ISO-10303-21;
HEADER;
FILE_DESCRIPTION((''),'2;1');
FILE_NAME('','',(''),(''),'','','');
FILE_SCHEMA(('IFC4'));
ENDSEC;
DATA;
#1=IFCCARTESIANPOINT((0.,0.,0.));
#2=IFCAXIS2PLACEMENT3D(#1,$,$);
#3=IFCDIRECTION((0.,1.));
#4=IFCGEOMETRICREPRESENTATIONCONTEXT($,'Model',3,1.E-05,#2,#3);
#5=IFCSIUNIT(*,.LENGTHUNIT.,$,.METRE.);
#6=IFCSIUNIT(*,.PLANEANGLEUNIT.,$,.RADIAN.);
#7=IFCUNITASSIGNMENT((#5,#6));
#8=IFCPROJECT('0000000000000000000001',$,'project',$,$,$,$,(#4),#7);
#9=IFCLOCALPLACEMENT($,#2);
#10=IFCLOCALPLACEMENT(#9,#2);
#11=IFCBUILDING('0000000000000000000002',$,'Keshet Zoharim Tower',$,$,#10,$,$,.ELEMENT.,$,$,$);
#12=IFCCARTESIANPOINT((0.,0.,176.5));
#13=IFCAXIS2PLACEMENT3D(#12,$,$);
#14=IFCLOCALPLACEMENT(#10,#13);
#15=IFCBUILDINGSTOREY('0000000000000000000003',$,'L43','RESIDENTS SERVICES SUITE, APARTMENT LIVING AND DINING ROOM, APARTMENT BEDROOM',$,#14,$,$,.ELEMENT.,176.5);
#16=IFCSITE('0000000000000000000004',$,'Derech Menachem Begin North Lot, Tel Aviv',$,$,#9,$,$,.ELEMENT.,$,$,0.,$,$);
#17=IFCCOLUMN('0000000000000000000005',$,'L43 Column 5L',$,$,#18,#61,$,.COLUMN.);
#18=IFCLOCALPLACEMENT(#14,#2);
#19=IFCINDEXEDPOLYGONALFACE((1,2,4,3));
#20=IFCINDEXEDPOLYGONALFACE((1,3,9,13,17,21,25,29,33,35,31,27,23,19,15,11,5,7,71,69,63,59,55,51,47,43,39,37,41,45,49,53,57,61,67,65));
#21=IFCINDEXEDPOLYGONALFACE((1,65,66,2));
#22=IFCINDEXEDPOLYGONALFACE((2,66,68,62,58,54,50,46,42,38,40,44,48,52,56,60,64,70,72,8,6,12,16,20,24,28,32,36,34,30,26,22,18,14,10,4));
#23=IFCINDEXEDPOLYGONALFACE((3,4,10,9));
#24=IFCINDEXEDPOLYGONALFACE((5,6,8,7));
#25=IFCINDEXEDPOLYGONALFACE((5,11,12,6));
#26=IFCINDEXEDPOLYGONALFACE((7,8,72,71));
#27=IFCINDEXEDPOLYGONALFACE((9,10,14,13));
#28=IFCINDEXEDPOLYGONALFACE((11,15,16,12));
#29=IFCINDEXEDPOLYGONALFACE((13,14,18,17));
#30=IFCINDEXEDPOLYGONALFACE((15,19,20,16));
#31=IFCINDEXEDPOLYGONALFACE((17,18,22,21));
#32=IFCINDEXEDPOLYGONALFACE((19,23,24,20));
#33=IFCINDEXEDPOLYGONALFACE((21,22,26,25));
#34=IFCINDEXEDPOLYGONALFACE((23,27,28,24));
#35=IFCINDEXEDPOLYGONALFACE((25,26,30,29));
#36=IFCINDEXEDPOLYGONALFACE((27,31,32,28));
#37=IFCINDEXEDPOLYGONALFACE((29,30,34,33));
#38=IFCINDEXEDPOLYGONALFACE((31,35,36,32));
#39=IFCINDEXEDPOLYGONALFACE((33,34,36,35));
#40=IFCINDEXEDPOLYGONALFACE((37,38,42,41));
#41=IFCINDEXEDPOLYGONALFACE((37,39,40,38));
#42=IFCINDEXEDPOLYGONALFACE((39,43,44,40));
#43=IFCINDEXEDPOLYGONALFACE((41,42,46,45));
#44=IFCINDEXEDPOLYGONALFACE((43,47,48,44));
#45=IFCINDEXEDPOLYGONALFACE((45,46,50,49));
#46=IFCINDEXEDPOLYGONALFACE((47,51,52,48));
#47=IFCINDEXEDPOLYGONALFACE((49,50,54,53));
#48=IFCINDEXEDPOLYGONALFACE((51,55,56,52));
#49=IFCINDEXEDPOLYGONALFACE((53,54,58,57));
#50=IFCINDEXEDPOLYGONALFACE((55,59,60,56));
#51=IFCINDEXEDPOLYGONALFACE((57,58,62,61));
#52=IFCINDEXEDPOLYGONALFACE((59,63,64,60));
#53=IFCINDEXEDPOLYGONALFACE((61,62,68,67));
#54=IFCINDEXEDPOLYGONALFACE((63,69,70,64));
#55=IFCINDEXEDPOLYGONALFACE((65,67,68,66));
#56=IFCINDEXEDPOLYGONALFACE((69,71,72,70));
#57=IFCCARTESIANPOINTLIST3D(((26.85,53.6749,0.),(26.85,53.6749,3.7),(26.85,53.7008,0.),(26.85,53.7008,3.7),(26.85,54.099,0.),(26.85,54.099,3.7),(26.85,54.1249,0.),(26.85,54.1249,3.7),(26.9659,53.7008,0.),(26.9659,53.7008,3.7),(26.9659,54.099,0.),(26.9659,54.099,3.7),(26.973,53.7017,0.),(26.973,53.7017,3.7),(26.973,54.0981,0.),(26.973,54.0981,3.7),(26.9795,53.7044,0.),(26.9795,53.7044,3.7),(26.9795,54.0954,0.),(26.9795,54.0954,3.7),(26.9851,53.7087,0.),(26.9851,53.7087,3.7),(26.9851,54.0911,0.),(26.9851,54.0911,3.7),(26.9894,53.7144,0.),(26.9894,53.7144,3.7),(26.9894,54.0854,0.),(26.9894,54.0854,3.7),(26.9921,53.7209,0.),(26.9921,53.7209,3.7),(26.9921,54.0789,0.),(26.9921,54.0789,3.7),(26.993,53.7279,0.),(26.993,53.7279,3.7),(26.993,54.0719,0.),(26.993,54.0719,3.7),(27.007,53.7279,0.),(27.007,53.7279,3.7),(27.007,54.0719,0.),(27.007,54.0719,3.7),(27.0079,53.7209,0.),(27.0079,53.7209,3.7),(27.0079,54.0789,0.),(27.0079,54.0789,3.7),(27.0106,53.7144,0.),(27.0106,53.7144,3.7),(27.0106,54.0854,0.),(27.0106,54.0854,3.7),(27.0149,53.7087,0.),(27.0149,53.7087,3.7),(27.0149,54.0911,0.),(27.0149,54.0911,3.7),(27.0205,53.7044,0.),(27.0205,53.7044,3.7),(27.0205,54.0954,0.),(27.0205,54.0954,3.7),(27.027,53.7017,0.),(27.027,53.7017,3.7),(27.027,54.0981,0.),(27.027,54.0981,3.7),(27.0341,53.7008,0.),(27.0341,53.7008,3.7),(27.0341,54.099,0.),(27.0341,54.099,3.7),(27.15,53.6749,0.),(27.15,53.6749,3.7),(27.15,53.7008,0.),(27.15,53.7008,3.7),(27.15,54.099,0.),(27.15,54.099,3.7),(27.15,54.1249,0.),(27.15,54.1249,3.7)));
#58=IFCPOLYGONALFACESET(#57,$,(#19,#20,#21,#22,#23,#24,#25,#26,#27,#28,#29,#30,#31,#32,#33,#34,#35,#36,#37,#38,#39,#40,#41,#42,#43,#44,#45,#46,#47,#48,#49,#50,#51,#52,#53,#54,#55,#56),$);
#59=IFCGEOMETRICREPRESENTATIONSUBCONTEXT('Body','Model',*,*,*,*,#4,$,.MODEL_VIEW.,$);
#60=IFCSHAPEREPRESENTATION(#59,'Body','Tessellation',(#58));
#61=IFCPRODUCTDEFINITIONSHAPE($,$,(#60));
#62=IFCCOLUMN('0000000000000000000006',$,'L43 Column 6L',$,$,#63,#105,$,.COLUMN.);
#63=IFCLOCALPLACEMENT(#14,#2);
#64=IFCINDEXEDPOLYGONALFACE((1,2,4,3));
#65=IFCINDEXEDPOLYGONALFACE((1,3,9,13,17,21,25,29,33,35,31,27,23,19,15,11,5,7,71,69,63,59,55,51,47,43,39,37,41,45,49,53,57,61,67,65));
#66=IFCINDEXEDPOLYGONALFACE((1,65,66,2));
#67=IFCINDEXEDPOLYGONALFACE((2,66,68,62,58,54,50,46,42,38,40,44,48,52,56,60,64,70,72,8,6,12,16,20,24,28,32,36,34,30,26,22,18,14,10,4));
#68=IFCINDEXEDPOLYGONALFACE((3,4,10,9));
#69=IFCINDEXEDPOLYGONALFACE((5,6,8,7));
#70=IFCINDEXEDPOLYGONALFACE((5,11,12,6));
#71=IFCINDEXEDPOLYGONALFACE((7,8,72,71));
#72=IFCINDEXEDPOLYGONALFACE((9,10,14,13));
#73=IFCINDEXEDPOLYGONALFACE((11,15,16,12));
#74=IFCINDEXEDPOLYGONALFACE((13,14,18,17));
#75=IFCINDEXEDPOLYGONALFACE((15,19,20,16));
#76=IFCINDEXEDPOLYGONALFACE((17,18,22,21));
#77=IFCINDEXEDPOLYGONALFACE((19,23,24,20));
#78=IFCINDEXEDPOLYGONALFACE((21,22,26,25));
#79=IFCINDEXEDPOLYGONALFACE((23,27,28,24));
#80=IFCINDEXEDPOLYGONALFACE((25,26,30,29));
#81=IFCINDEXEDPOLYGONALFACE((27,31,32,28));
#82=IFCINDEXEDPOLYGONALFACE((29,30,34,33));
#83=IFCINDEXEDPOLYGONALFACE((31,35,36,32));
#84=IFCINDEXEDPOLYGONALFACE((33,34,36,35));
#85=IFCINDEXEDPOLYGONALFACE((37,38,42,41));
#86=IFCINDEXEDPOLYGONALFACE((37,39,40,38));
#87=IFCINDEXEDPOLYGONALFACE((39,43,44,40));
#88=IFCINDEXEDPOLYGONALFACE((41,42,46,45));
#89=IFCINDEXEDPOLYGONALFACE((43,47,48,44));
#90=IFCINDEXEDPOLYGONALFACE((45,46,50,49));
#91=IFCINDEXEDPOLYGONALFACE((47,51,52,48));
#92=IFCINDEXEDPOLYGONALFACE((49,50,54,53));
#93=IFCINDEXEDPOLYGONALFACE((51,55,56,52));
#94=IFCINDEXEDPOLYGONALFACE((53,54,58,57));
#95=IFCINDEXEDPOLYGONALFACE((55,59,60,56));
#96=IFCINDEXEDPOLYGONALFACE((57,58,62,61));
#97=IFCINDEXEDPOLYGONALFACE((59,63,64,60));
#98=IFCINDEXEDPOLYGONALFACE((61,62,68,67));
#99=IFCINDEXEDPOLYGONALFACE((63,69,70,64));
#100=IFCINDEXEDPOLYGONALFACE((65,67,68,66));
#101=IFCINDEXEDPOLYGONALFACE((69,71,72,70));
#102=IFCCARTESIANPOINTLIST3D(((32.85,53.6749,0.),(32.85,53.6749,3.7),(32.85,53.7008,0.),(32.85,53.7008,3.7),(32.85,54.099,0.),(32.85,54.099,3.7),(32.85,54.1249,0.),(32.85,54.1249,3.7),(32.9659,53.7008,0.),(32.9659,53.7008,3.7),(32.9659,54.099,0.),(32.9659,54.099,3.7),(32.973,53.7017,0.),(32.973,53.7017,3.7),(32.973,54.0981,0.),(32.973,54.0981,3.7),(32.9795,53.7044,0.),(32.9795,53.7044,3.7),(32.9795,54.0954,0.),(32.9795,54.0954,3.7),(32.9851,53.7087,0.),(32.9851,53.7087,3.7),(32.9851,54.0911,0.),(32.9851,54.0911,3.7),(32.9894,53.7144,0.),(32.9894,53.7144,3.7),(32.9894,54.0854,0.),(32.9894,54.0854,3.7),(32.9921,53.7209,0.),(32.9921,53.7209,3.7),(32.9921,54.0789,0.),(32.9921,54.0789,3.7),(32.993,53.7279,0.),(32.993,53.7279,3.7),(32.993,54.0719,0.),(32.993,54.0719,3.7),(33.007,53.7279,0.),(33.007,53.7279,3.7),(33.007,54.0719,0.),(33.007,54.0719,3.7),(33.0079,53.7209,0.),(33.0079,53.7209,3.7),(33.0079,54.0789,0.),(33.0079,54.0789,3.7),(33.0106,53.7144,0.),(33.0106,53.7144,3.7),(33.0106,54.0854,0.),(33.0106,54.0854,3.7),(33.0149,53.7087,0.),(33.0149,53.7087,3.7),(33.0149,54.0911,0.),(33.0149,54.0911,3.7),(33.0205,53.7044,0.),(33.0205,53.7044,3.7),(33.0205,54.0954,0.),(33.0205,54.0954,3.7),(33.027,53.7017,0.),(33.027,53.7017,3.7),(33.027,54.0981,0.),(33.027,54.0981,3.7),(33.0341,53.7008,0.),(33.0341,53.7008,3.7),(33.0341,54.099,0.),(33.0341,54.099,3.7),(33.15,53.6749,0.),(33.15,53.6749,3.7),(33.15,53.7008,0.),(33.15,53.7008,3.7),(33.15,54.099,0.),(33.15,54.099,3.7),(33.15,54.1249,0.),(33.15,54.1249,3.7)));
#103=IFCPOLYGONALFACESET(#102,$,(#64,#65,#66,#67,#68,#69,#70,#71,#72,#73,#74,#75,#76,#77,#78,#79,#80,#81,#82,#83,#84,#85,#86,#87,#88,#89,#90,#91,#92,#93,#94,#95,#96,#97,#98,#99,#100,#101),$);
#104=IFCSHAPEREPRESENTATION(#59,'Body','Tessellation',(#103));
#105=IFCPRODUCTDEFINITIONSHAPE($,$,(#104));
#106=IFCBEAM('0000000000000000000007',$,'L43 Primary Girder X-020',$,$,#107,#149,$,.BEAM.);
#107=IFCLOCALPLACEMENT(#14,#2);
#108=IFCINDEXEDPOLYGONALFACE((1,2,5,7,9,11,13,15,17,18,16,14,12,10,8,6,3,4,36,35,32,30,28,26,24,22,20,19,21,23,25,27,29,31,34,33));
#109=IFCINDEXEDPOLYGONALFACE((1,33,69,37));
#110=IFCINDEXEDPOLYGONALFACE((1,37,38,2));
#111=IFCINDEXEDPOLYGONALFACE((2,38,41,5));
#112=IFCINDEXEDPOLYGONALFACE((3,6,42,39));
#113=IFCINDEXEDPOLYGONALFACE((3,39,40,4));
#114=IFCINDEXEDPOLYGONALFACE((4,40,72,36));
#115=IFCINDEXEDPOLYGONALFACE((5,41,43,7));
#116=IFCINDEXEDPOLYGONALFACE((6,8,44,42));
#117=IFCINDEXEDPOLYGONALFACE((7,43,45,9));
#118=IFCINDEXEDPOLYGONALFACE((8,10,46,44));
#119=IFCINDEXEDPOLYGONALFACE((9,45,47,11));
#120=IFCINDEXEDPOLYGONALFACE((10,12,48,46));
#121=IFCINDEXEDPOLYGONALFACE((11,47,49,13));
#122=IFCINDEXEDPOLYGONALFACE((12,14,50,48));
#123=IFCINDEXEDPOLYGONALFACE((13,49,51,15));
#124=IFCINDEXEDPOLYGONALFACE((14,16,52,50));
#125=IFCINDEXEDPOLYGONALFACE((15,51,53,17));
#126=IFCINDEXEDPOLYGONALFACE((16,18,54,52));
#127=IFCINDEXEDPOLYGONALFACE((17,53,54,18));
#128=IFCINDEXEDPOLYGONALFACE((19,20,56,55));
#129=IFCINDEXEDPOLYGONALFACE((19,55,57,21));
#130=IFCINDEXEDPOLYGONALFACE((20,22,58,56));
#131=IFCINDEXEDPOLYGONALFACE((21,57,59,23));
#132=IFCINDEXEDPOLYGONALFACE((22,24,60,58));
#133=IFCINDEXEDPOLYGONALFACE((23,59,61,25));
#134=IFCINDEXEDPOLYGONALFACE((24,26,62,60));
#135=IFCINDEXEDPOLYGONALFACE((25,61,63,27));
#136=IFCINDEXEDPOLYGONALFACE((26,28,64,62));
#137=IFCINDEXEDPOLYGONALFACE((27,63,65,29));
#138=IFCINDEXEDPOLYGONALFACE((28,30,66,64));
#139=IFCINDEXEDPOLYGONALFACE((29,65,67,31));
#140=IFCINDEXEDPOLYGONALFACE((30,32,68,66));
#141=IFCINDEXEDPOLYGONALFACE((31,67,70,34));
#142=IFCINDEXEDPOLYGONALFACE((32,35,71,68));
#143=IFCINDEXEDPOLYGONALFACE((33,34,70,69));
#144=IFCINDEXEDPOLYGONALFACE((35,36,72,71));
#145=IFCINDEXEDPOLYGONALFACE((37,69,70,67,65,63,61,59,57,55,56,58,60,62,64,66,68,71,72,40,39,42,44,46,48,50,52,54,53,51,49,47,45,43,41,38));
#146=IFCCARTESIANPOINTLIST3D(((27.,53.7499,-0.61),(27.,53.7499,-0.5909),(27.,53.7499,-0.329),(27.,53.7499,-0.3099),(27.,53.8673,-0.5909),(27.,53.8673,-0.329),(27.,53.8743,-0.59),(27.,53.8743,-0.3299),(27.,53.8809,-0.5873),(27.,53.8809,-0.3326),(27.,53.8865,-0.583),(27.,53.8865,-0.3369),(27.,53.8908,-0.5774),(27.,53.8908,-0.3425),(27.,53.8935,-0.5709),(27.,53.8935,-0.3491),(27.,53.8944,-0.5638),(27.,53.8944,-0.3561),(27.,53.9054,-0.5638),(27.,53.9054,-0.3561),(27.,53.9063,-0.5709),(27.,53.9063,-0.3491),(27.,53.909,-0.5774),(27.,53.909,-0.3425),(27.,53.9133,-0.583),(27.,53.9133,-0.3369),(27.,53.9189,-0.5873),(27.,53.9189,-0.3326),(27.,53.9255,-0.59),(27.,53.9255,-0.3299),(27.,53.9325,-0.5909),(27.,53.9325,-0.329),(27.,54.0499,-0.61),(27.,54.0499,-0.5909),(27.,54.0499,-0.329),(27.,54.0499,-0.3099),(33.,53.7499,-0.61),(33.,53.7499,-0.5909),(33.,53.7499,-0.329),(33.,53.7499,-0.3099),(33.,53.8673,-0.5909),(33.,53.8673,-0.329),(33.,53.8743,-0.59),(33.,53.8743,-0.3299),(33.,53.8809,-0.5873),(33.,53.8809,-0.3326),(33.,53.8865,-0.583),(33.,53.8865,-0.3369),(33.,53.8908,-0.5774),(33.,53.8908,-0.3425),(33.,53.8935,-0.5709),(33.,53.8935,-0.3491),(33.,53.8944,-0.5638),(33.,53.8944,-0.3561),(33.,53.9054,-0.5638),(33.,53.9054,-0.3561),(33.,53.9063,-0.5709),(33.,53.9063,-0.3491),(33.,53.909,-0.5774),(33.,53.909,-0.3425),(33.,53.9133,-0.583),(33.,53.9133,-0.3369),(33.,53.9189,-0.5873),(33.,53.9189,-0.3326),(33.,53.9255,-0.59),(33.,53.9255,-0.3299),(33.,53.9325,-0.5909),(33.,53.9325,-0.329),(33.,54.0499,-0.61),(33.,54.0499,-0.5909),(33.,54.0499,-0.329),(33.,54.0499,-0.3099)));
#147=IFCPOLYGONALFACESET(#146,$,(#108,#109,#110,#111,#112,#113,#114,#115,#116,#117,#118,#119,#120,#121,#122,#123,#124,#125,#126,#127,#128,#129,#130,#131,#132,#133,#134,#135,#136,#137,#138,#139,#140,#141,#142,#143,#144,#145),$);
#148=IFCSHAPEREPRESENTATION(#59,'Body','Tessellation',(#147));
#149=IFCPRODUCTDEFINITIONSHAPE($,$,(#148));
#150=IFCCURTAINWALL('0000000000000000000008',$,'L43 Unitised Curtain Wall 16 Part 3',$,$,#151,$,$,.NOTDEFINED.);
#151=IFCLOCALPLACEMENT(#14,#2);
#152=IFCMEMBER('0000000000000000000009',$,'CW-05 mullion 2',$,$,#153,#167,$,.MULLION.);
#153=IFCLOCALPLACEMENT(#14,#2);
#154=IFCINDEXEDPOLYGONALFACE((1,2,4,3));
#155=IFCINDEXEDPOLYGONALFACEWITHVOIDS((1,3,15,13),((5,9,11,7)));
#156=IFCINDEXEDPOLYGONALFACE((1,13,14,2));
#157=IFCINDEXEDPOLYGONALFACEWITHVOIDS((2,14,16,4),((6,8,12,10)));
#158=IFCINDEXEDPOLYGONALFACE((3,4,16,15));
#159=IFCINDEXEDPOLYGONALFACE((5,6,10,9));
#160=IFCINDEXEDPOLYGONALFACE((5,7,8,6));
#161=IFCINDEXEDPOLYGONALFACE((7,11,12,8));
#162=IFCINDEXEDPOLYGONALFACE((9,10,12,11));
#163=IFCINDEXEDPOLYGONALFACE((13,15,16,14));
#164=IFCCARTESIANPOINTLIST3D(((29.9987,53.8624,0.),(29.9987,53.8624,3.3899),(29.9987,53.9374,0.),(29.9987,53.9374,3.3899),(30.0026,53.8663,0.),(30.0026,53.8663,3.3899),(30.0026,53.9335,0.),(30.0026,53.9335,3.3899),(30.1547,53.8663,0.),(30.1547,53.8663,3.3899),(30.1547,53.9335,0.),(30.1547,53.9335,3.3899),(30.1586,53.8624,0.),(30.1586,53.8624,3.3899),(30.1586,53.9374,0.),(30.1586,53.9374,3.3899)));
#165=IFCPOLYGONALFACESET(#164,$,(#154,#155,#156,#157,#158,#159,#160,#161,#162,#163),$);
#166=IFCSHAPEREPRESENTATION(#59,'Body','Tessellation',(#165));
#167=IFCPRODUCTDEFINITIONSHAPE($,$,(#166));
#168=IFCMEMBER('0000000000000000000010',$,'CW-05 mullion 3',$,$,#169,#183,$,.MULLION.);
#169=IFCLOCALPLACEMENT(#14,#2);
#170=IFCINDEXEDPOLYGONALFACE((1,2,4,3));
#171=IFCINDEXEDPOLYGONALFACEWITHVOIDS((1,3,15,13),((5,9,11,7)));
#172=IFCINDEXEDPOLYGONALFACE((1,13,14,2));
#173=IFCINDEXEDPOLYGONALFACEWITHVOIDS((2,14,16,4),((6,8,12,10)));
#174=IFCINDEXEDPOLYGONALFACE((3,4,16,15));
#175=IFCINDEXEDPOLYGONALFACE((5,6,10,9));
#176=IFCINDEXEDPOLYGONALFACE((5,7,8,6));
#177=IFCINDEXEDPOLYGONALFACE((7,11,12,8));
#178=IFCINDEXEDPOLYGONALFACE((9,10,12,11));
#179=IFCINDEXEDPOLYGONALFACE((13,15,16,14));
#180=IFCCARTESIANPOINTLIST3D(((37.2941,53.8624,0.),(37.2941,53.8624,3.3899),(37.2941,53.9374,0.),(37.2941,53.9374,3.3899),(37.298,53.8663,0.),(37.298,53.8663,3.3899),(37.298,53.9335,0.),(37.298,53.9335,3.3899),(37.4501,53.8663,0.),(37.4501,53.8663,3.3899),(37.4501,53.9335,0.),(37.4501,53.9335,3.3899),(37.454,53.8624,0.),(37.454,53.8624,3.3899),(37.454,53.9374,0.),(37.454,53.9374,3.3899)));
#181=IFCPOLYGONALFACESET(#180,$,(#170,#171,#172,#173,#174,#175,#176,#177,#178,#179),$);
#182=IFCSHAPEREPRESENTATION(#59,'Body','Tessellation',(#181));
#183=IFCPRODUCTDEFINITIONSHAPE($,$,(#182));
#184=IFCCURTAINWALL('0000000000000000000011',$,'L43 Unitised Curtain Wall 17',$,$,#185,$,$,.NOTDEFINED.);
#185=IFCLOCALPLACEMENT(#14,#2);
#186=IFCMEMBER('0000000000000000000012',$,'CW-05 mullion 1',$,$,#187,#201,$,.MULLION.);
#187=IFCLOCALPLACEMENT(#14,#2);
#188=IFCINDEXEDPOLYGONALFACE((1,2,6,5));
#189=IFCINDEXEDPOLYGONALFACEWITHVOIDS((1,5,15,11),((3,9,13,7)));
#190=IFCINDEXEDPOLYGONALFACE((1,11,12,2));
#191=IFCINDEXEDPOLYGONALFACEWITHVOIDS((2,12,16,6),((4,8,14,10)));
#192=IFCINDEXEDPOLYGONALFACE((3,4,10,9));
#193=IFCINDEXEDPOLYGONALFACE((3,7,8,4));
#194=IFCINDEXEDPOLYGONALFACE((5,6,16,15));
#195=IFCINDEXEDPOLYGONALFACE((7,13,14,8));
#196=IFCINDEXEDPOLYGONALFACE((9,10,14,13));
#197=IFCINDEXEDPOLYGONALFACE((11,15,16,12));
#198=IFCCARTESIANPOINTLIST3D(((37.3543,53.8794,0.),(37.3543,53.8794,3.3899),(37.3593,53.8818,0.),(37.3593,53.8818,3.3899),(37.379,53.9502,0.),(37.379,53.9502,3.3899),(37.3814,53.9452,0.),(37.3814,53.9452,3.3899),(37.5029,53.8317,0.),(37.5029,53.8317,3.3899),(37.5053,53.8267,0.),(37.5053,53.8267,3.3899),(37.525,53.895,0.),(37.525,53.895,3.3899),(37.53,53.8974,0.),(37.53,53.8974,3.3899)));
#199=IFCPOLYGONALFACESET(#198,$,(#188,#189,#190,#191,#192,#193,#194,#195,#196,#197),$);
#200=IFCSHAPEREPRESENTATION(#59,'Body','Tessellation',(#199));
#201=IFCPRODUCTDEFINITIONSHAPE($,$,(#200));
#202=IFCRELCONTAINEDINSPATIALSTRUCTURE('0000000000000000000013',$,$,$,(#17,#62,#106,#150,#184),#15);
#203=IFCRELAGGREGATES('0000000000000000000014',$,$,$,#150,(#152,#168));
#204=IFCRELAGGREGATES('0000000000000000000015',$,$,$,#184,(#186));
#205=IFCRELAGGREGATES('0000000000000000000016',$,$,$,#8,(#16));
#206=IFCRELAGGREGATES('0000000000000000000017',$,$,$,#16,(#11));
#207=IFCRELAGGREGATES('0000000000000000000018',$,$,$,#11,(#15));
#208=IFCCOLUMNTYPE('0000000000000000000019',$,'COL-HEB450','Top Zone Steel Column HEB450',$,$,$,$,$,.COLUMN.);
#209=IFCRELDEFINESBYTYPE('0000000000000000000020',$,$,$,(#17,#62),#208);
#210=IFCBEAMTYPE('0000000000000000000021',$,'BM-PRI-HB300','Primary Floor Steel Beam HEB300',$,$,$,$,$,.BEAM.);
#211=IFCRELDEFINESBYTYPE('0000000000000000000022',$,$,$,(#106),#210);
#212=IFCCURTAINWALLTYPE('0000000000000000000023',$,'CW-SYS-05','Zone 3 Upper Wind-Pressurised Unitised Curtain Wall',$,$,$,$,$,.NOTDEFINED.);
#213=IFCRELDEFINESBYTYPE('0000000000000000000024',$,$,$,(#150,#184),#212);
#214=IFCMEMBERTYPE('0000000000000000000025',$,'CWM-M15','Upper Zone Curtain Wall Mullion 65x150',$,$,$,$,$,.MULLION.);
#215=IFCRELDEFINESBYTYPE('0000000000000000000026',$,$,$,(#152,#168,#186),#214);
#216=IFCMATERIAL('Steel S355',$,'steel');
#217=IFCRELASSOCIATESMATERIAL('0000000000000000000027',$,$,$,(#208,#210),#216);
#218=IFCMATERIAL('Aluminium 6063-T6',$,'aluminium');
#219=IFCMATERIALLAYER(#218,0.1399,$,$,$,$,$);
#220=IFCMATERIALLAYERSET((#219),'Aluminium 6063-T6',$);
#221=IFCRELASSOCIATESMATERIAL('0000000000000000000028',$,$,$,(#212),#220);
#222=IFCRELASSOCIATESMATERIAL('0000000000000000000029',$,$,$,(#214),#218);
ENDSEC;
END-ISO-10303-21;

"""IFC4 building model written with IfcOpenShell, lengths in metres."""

from ifc_helpers import new_model, si_unit, direction, frame, origin, origin_2d, place, context, subcontext, project, spatial, hollow_rectangle, i_section, extrude, material, layer, layer_set, material_profile, profile_set, type_object, element, aggregate, save


model = new_model("IFC4")

# Units and contexts
model_context = context("Model", 3, precision=1e-05, world=origin(), true_north=direction((0.0, 1.0)))
body_context = subcontext(model_context, "Body", "Model", "MODEL_VIEW")
ifc_project = project(units=[si_unit("LENGTHUNIT", "METRE"), si_unit("PLANEANGLEUNIT", "RADIAN")], contexts=[model_context])

# Site, building, storey
site_placement = place(None, origin())
site = spatial("IfcSite", under=ifc_project, at=site_placement, Name="Derech Menachem Begin North Lot, Tel Aviv", CompositionType="ELEMENT", RefElevation=0.0)
building_placement = place(site_placement, origin())
building = spatial("IfcBuilding", under=site, at=building_placement, Name="Keshet Zoharim Tower", CompositionType="ELEMENT")
storey_placement = place(building_placement, frame((0.0, 0.0, 176.5)))
storey = spatial("IfcBuildingStorey", under=building, at=storey_placement, Name="L43", Description="RESIDENTS SERVICES SUITE, APARTMENT LIVING AND DINING ROOM, APARTMENT BEDROOM", CompositionType="ELEMENT", Elevation=176.5)

# Columns
ifc_material_1 = material(Name="Steel S355", Category="steel")
ifc_material_profile_1 = material_profile(ifc_material_1, i_section(OverallWidth=0.3, OverallDepth=0.45, WebThickness=0.0139, FlangeThickness=0.0259, FilletRadius=0.0271, at=origin_2d()), Name="HEB450")
ifc_profile_set_1 = profile_set([ifc_material_profile_1], Name="Steel S355")
column_type = type_object("IfcColumnType", Name="COL-HEB450", Description="Top Zone Steel Column HEB450", PredefinedType="COLUMN", material=ifc_profile_set_1)
for number, where, z_axis, x_axis, name in (
    (1, (27.0, 53.8999, 0.0), (0.0, 0.0, 1.0), (1.0, 0.0, 0.0), "L43 Column 5L"),
    (2, (33.0, 53.8999, 0.0), (0.0, 0.0, 1.0), (1.0, 0.0, 0.0), "L43 Column 6L"),
):
    element("IfcColumn", number, at=place(storey_placement, frame(where, z_axis=z_axis, x_axis=x_axis)), inside=storey, type_object=column_type, Name=name, PredefinedType="COLUMN", context=body_context, shape_type="SweptSolid", body=[
        extrude(i_section(OverallWidth=0.3, OverallDepth=0.45, WebThickness=0.0139, FlangeThickness=0.0259, FilletRadius=0.0271, at=origin_2d()), origin(), (0.0, 0.0, 1.0), 3.7),
    ])

# Beam
ifc_material_profile_2 = material_profile(ifc_material_1, i_section(OverallWidth=0.3, OverallDepth=0.3, WebThickness=0.011, FlangeThickness=0.019, FilletRadius=0.0271, at=origin_2d()), Name="HEB300")
ifc_profile_set_2 = profile_set([ifc_material_profile_2], Name="Steel S355")
beam_type = type_object("IfcBeamType", Name="BM-PRI-HB300", Description="Primary Floor Steel Beam HEB300", PredefinedType="BEAM", material=ifc_profile_set_2)
beam_placement = place(storey_placement, frame((27.0, 53.8999, -0.46), z_axis=(1.0, 0.0, 0.0), x_axis=(0.0, 1.0, 0.0)))
element("IfcBeam", 3, at=beam_placement, inside=storey, type_object=beam_type, Name="L43 Primary Girder X-020", PredefinedType="BEAM", context=body_context, shape_type="SweptSolid", body=[
    extrude(i_section(OverallWidth=0.3, OverallDepth=0.3, WebThickness=0.011, FlangeThickness=0.019, FilletRadius=0.0271, at=origin_2d()), origin(), (0.0, 0.0, 1.0), 6.0),
])

# Curtain walls, members
ifc_material_2 = material(Name="Aluminium 6063-T6", Category="aluminium")
ifc_layer_1 = layer(ifc_material_2, 0.1399)
ifc_layer_set_1 = layer_set([ifc_layer_1], Name="Aluminium 6063-T6")
curtain_wall_type = type_object("IfcCurtainWallType", Name="CW-SYS-05", Description="Zone 3 Upper Wind-Pressurised Unitised Curtain Wall", PredefinedType="NOTDEFINED", material=ifc_layer_set_1)
curtain_wall_1_placement = place(storey_placement, origin())
curtain_wall_1 = element("IfcCurtainWall", 4, at=curtain_wall_1_placement, inside=storey, type_object=curtain_wall_type, Name="L43 Unitised Curtain Wall 16 Part 3", PredefinedType="NOTDEFINED")
ifc_material_profile_3 = material_profile(ifc_material_2, hollow_rectangle(XDim=0.075, YDim=0.1599, WallThickness=0.0039, at=origin_2d()), Name="MUL-75x160")
ifc_profile_set_3 = profile_set([ifc_material_profile_3], Name="Aluminium 6063-T6")
member_type_1 = type_object("IfcMemberType", Name="CWM-M15", Description="Upper Zone Curtain Wall Mullion 65x150", PredefinedType="MULLION", material=ifc_profile_set_3)
member_1_placement = place(storey_placement, frame((30.0786, 53.8999, 0.0), z_axis=(0.0, 0.0, 1.0), x_axis=(0.0, 1.0, 0.0)))
member_1 = element("IfcMember", 5, at=member_1_placement, type_object=member_type_1, Name="CW-05 mullion 2", PredefinedType="MULLION", context=body_context, shape_type="SweptSolid", body=[
    extrude(hollow_rectangle(XDim=0.075, YDim=0.1599, WallThickness=0.0039, at=origin_2d()), origin(), (0.0, 0.0, 1.0), 3.3899),
])
member_2_placement = place(storey_placement, frame((37.374, 53.8999, 0.0), z_axis=(0.0, 0.0, 1.0), x_axis=(0.0, 1.0, 0.0)))
member_2 = element("IfcMember", 6, at=member_2_placement, type_object=member_type_1, Name="CW-05 mullion 3", PredefinedType="MULLION", context=body_context, shape_type="SweptSolid", body=[
    extrude(hollow_rectangle(XDim=0.075, YDim=0.1599, WallThickness=0.0039, at=origin_2d()), origin(), (0.0, 0.0, 1.0), 3.3899),
])
curtain_wall_2_placement = place(storey_placement, origin())
curtain_wall_2 = element("IfcCurtainWall", 7, at=curtain_wall_2_placement, inside=storey, type_object=curtain_wall_type, Name="L43 Unitised Curtain Wall 17", PredefinedType="NOTDEFINED")
member_3_placement = place(storey_placement, frame((37.4421, 53.8884, 0.0), z_axis=(0.0, 0.0, 1.0), x_axis=(0.329844, 0.944036, 0.0)))
member_3 = element("IfcMember", 8, at=member_3_placement, type_object=member_type_1, Name="CW-05 mullion 1", PredefinedType="MULLION", context=body_context, shape_type="SweptSolid", body=[
    extrude(hollow_rectangle(XDim=0.075, YDim=0.1599, WallThickness=0.0039, at=origin_2d()), origin(), (0.0, 0.0, 1.0), 3.3899),
])

aggregate(curtain_wall_1, [member_1, member_2])
aggregate(curtain_wall_2, [member_3])

save(model, "model.ifc")
